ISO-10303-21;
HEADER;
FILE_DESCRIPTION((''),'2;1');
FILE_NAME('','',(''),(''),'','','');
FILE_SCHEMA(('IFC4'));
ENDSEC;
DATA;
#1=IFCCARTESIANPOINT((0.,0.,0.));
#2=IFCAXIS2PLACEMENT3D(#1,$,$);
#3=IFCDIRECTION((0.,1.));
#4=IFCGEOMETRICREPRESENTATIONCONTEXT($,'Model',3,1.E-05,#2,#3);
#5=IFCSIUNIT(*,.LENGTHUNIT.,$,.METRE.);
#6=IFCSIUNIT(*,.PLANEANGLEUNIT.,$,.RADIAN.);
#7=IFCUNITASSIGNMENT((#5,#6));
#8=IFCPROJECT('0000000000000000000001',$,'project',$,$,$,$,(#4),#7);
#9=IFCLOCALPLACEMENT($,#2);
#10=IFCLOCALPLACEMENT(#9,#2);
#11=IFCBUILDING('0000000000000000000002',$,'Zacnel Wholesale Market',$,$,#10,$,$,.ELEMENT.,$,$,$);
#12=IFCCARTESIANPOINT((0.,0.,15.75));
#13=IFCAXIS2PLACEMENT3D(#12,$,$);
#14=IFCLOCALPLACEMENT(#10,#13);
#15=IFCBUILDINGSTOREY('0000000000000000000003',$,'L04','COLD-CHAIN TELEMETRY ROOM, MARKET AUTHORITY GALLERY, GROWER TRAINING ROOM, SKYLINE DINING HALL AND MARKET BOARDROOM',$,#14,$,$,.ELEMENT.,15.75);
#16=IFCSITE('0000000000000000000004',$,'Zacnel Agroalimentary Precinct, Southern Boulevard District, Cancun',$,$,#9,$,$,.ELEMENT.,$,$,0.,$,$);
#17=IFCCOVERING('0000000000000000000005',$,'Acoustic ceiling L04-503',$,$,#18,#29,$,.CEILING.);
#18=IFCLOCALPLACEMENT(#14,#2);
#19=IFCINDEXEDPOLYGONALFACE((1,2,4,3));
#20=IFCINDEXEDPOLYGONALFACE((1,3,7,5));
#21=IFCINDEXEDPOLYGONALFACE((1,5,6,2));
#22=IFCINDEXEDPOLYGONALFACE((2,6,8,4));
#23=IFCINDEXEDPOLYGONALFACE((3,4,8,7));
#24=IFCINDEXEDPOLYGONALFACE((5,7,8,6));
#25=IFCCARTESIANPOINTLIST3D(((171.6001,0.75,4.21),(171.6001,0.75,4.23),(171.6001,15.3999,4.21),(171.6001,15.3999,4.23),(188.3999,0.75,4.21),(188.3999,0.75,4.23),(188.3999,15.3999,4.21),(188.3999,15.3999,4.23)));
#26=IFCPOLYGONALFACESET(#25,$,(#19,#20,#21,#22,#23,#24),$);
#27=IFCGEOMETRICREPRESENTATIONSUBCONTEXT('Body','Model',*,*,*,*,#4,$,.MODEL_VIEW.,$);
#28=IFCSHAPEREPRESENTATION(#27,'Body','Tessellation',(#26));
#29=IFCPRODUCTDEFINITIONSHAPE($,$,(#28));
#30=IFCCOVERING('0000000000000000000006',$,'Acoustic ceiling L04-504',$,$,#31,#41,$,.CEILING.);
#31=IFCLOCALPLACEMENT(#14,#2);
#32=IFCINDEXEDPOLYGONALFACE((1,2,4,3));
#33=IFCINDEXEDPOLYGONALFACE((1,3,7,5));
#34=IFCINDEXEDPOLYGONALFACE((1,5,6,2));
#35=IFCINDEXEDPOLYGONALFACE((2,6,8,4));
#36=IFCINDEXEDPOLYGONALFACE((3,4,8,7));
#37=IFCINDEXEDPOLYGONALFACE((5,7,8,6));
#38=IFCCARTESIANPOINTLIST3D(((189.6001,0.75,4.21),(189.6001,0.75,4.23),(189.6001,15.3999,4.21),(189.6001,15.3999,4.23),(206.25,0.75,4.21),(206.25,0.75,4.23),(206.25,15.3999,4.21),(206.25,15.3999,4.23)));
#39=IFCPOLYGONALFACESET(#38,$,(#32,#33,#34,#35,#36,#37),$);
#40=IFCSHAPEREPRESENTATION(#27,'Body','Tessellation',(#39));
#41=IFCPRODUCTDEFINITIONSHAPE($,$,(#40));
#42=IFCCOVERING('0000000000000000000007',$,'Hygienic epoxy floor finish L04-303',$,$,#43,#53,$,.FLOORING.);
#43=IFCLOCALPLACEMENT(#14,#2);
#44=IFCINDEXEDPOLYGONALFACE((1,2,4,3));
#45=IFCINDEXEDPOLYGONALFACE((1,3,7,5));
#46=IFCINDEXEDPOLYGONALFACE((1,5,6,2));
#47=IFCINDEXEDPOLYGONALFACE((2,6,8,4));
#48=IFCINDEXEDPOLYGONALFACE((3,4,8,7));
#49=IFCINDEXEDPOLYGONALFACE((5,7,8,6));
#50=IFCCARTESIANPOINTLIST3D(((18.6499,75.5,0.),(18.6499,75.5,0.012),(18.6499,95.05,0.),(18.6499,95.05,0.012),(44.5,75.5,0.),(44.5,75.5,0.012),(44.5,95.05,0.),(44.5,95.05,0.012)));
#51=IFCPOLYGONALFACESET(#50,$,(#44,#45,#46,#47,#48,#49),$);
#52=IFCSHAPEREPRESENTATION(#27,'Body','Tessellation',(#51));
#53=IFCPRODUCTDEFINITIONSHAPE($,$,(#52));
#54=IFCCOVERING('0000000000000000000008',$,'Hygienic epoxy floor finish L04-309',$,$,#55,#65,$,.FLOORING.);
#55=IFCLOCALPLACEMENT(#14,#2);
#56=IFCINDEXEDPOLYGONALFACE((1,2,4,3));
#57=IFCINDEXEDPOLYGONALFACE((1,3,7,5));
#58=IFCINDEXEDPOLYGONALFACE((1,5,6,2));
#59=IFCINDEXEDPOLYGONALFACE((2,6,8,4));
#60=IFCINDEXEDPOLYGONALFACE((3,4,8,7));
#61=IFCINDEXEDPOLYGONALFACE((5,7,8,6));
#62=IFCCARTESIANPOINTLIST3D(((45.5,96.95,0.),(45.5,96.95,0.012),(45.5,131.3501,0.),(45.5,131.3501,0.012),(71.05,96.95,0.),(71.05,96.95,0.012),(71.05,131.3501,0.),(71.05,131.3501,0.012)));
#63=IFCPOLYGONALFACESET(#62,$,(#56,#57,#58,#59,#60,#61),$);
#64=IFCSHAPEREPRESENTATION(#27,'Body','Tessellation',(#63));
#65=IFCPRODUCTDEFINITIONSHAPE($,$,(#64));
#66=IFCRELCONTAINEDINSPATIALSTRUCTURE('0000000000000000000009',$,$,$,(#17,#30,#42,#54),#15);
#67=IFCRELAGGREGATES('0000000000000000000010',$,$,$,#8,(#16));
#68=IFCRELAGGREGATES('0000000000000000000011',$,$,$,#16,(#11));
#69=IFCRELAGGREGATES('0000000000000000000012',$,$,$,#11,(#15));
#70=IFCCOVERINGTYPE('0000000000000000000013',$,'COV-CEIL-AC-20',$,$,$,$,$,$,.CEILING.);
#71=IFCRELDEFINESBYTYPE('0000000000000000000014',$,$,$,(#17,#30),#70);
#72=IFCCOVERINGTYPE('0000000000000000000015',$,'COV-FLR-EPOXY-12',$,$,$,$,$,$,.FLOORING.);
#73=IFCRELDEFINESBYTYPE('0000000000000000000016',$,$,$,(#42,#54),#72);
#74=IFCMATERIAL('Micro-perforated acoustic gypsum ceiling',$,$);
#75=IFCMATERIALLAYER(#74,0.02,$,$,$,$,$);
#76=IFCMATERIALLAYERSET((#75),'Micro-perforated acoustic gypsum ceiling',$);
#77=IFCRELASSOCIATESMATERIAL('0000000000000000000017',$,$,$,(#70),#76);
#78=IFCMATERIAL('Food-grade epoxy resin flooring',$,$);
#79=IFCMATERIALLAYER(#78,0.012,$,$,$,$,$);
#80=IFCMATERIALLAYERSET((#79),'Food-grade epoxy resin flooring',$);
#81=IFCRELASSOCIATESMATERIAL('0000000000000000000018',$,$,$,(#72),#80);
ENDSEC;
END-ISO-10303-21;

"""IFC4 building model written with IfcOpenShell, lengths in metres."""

from ifc_helpers import new_model, si_unit, direction, frame, origin, place, context, subcontext, project, spatial, polyline, outline, extrude, material, layer, layer_set, type_object, element, save


model = new_model("IFC4")

# Units and contexts
model_context = context("Model", 3, precision=1e-05, world=origin(), true_north=direction((0.0, 1.0)))
body_context = subcontext(model_context, "Body", "Model", "MODEL_VIEW")
ifc_project = project(units=[si_unit("LENGTHUNIT", "METRE"), si_unit("PLANEANGLEUNIT", "RADIAN")], contexts=[model_context])

# Site, building, storey
site_placement = place(None, origin())
site = spatial("IfcSite", under=ifc_project, at=site_placement, Name="Zacnel Agroalimentary Precinct, Southern Boulevard District, Cancun", CompositionType="ELEMENT", RefElevation=0.0)
building_placement = place(site_placement, origin())
building = spatial("IfcBuilding", under=site, at=building_placement, Name="Zacnel Wholesale Market", CompositionType="ELEMENT")
storey_placement = place(building_placement, frame((0.0, 0.0, 15.75)))
storey = spatial("IfcBuildingStorey", under=building, at=storey_placement, Name="L04", Description="COLD-CHAIN TELEMETRY ROOM, MARKET AUTHORITY GALLERY, GROWER TRAINING ROOM, SKYLINE DINING HALL AND MARKET BOARDROOM", CompositionType="ELEMENT", Elevation=15.75)

# Coverings
ifc_material_1 = material(Name="Micro-perforated acoustic gypsum ceiling")
ifc_layer_1 = layer(ifc_material_1, 0.02)
ifc_layer_set_1 = layer_set([ifc_layer_1], Name="Micro-perforated acoustic gypsum ceiling")
covering_type_1 = type_object("IfcCoveringType", Name="COV-CEIL-AC-20", PredefinedType="CEILING", material=ifc_layer_set_1)
covering_1_placement = place(storey_placement, frame((0.0, 0.0, 4.21)))
element("IfcCovering", 1, at=covering_1_placement, inside=storey, type_object=covering_type_1, Name="Acoustic ceiling L04-503", PredefinedType="CEILING", context=body_context, shape_type="SweptSolid", body=[
    extrude(outline(polyline([(171.6001, 0.75), (188.3999, 0.75), (188.3999, 15.3999), (171.6001, 15.3999), (171.6001, 0.75)])), origin(), (0.0, 0.0, 1.0), 0.02),
])
covering_2_placement = place(storey_placement, frame((0.0, 0.0, 4.21)))
element("IfcCovering", 2, at=covering_2_placement, inside=storey, type_object=covering_type_1, Name="Acoustic ceiling L04-504", PredefinedType="CEILING", context=body_context, shape_type="SweptSolid", body=[
    extrude(outline(polyline([(189.6001, 0.75), (206.25, 0.75), (206.25, 15.3999), (189.6001, 15.3999), (189.6001, 0.75)])), origin(), (0.0, 0.0, 1.0), 0.02),
])
ifc_material_2 = material(Name="Food-grade epoxy resin flooring")
ifc_layer_2 = layer(ifc_material_2, 0.012)
ifc_layer_set_2 = layer_set([ifc_layer_2], Name="Food-grade epoxy resin flooring")
covering_type_2 = type_object("IfcCoveringType", Name="COV-FLR-EPOXY-12", PredefinedType="FLOORING", material=ifc_layer_set_2)
covering_3_placement = place(storey_placement, origin())
element("IfcCovering", 3, at=covering_3_placement, inside=storey, type_object=covering_type_2, Name="Hygienic epoxy floor finish L04-303", PredefinedType="FLOORING", context=body_context, shape_type="SweptSolid", body=[
    extrude(outline(polyline([(18.6499, 75.5), (44.5, 75.5), (44.5, 95.05), (18.6499, 95.05), (18.6499, 75.5)])), origin(), (0.0, 0.0, 1.0), 0.012),
])
covering_4_placement = place(storey_placement, origin())
element("IfcCovering", 4, at=covering_4_placement, inside=storey, type_object=covering_type_2, Name="Hygienic epoxy floor finish L04-309", PredefinedType="FLOORING", context=body_context, shape_type="SweptSolid", body=[
    extrude(outline(polyline([(45.5, 96.95), (71.05, 96.95), (71.05, 131.3501), (45.5, 131.3501), (45.5, 96.95)])), origin(), (0.0, 0.0, 1.0), 0.012),
])

save(model, "model.ifc")
